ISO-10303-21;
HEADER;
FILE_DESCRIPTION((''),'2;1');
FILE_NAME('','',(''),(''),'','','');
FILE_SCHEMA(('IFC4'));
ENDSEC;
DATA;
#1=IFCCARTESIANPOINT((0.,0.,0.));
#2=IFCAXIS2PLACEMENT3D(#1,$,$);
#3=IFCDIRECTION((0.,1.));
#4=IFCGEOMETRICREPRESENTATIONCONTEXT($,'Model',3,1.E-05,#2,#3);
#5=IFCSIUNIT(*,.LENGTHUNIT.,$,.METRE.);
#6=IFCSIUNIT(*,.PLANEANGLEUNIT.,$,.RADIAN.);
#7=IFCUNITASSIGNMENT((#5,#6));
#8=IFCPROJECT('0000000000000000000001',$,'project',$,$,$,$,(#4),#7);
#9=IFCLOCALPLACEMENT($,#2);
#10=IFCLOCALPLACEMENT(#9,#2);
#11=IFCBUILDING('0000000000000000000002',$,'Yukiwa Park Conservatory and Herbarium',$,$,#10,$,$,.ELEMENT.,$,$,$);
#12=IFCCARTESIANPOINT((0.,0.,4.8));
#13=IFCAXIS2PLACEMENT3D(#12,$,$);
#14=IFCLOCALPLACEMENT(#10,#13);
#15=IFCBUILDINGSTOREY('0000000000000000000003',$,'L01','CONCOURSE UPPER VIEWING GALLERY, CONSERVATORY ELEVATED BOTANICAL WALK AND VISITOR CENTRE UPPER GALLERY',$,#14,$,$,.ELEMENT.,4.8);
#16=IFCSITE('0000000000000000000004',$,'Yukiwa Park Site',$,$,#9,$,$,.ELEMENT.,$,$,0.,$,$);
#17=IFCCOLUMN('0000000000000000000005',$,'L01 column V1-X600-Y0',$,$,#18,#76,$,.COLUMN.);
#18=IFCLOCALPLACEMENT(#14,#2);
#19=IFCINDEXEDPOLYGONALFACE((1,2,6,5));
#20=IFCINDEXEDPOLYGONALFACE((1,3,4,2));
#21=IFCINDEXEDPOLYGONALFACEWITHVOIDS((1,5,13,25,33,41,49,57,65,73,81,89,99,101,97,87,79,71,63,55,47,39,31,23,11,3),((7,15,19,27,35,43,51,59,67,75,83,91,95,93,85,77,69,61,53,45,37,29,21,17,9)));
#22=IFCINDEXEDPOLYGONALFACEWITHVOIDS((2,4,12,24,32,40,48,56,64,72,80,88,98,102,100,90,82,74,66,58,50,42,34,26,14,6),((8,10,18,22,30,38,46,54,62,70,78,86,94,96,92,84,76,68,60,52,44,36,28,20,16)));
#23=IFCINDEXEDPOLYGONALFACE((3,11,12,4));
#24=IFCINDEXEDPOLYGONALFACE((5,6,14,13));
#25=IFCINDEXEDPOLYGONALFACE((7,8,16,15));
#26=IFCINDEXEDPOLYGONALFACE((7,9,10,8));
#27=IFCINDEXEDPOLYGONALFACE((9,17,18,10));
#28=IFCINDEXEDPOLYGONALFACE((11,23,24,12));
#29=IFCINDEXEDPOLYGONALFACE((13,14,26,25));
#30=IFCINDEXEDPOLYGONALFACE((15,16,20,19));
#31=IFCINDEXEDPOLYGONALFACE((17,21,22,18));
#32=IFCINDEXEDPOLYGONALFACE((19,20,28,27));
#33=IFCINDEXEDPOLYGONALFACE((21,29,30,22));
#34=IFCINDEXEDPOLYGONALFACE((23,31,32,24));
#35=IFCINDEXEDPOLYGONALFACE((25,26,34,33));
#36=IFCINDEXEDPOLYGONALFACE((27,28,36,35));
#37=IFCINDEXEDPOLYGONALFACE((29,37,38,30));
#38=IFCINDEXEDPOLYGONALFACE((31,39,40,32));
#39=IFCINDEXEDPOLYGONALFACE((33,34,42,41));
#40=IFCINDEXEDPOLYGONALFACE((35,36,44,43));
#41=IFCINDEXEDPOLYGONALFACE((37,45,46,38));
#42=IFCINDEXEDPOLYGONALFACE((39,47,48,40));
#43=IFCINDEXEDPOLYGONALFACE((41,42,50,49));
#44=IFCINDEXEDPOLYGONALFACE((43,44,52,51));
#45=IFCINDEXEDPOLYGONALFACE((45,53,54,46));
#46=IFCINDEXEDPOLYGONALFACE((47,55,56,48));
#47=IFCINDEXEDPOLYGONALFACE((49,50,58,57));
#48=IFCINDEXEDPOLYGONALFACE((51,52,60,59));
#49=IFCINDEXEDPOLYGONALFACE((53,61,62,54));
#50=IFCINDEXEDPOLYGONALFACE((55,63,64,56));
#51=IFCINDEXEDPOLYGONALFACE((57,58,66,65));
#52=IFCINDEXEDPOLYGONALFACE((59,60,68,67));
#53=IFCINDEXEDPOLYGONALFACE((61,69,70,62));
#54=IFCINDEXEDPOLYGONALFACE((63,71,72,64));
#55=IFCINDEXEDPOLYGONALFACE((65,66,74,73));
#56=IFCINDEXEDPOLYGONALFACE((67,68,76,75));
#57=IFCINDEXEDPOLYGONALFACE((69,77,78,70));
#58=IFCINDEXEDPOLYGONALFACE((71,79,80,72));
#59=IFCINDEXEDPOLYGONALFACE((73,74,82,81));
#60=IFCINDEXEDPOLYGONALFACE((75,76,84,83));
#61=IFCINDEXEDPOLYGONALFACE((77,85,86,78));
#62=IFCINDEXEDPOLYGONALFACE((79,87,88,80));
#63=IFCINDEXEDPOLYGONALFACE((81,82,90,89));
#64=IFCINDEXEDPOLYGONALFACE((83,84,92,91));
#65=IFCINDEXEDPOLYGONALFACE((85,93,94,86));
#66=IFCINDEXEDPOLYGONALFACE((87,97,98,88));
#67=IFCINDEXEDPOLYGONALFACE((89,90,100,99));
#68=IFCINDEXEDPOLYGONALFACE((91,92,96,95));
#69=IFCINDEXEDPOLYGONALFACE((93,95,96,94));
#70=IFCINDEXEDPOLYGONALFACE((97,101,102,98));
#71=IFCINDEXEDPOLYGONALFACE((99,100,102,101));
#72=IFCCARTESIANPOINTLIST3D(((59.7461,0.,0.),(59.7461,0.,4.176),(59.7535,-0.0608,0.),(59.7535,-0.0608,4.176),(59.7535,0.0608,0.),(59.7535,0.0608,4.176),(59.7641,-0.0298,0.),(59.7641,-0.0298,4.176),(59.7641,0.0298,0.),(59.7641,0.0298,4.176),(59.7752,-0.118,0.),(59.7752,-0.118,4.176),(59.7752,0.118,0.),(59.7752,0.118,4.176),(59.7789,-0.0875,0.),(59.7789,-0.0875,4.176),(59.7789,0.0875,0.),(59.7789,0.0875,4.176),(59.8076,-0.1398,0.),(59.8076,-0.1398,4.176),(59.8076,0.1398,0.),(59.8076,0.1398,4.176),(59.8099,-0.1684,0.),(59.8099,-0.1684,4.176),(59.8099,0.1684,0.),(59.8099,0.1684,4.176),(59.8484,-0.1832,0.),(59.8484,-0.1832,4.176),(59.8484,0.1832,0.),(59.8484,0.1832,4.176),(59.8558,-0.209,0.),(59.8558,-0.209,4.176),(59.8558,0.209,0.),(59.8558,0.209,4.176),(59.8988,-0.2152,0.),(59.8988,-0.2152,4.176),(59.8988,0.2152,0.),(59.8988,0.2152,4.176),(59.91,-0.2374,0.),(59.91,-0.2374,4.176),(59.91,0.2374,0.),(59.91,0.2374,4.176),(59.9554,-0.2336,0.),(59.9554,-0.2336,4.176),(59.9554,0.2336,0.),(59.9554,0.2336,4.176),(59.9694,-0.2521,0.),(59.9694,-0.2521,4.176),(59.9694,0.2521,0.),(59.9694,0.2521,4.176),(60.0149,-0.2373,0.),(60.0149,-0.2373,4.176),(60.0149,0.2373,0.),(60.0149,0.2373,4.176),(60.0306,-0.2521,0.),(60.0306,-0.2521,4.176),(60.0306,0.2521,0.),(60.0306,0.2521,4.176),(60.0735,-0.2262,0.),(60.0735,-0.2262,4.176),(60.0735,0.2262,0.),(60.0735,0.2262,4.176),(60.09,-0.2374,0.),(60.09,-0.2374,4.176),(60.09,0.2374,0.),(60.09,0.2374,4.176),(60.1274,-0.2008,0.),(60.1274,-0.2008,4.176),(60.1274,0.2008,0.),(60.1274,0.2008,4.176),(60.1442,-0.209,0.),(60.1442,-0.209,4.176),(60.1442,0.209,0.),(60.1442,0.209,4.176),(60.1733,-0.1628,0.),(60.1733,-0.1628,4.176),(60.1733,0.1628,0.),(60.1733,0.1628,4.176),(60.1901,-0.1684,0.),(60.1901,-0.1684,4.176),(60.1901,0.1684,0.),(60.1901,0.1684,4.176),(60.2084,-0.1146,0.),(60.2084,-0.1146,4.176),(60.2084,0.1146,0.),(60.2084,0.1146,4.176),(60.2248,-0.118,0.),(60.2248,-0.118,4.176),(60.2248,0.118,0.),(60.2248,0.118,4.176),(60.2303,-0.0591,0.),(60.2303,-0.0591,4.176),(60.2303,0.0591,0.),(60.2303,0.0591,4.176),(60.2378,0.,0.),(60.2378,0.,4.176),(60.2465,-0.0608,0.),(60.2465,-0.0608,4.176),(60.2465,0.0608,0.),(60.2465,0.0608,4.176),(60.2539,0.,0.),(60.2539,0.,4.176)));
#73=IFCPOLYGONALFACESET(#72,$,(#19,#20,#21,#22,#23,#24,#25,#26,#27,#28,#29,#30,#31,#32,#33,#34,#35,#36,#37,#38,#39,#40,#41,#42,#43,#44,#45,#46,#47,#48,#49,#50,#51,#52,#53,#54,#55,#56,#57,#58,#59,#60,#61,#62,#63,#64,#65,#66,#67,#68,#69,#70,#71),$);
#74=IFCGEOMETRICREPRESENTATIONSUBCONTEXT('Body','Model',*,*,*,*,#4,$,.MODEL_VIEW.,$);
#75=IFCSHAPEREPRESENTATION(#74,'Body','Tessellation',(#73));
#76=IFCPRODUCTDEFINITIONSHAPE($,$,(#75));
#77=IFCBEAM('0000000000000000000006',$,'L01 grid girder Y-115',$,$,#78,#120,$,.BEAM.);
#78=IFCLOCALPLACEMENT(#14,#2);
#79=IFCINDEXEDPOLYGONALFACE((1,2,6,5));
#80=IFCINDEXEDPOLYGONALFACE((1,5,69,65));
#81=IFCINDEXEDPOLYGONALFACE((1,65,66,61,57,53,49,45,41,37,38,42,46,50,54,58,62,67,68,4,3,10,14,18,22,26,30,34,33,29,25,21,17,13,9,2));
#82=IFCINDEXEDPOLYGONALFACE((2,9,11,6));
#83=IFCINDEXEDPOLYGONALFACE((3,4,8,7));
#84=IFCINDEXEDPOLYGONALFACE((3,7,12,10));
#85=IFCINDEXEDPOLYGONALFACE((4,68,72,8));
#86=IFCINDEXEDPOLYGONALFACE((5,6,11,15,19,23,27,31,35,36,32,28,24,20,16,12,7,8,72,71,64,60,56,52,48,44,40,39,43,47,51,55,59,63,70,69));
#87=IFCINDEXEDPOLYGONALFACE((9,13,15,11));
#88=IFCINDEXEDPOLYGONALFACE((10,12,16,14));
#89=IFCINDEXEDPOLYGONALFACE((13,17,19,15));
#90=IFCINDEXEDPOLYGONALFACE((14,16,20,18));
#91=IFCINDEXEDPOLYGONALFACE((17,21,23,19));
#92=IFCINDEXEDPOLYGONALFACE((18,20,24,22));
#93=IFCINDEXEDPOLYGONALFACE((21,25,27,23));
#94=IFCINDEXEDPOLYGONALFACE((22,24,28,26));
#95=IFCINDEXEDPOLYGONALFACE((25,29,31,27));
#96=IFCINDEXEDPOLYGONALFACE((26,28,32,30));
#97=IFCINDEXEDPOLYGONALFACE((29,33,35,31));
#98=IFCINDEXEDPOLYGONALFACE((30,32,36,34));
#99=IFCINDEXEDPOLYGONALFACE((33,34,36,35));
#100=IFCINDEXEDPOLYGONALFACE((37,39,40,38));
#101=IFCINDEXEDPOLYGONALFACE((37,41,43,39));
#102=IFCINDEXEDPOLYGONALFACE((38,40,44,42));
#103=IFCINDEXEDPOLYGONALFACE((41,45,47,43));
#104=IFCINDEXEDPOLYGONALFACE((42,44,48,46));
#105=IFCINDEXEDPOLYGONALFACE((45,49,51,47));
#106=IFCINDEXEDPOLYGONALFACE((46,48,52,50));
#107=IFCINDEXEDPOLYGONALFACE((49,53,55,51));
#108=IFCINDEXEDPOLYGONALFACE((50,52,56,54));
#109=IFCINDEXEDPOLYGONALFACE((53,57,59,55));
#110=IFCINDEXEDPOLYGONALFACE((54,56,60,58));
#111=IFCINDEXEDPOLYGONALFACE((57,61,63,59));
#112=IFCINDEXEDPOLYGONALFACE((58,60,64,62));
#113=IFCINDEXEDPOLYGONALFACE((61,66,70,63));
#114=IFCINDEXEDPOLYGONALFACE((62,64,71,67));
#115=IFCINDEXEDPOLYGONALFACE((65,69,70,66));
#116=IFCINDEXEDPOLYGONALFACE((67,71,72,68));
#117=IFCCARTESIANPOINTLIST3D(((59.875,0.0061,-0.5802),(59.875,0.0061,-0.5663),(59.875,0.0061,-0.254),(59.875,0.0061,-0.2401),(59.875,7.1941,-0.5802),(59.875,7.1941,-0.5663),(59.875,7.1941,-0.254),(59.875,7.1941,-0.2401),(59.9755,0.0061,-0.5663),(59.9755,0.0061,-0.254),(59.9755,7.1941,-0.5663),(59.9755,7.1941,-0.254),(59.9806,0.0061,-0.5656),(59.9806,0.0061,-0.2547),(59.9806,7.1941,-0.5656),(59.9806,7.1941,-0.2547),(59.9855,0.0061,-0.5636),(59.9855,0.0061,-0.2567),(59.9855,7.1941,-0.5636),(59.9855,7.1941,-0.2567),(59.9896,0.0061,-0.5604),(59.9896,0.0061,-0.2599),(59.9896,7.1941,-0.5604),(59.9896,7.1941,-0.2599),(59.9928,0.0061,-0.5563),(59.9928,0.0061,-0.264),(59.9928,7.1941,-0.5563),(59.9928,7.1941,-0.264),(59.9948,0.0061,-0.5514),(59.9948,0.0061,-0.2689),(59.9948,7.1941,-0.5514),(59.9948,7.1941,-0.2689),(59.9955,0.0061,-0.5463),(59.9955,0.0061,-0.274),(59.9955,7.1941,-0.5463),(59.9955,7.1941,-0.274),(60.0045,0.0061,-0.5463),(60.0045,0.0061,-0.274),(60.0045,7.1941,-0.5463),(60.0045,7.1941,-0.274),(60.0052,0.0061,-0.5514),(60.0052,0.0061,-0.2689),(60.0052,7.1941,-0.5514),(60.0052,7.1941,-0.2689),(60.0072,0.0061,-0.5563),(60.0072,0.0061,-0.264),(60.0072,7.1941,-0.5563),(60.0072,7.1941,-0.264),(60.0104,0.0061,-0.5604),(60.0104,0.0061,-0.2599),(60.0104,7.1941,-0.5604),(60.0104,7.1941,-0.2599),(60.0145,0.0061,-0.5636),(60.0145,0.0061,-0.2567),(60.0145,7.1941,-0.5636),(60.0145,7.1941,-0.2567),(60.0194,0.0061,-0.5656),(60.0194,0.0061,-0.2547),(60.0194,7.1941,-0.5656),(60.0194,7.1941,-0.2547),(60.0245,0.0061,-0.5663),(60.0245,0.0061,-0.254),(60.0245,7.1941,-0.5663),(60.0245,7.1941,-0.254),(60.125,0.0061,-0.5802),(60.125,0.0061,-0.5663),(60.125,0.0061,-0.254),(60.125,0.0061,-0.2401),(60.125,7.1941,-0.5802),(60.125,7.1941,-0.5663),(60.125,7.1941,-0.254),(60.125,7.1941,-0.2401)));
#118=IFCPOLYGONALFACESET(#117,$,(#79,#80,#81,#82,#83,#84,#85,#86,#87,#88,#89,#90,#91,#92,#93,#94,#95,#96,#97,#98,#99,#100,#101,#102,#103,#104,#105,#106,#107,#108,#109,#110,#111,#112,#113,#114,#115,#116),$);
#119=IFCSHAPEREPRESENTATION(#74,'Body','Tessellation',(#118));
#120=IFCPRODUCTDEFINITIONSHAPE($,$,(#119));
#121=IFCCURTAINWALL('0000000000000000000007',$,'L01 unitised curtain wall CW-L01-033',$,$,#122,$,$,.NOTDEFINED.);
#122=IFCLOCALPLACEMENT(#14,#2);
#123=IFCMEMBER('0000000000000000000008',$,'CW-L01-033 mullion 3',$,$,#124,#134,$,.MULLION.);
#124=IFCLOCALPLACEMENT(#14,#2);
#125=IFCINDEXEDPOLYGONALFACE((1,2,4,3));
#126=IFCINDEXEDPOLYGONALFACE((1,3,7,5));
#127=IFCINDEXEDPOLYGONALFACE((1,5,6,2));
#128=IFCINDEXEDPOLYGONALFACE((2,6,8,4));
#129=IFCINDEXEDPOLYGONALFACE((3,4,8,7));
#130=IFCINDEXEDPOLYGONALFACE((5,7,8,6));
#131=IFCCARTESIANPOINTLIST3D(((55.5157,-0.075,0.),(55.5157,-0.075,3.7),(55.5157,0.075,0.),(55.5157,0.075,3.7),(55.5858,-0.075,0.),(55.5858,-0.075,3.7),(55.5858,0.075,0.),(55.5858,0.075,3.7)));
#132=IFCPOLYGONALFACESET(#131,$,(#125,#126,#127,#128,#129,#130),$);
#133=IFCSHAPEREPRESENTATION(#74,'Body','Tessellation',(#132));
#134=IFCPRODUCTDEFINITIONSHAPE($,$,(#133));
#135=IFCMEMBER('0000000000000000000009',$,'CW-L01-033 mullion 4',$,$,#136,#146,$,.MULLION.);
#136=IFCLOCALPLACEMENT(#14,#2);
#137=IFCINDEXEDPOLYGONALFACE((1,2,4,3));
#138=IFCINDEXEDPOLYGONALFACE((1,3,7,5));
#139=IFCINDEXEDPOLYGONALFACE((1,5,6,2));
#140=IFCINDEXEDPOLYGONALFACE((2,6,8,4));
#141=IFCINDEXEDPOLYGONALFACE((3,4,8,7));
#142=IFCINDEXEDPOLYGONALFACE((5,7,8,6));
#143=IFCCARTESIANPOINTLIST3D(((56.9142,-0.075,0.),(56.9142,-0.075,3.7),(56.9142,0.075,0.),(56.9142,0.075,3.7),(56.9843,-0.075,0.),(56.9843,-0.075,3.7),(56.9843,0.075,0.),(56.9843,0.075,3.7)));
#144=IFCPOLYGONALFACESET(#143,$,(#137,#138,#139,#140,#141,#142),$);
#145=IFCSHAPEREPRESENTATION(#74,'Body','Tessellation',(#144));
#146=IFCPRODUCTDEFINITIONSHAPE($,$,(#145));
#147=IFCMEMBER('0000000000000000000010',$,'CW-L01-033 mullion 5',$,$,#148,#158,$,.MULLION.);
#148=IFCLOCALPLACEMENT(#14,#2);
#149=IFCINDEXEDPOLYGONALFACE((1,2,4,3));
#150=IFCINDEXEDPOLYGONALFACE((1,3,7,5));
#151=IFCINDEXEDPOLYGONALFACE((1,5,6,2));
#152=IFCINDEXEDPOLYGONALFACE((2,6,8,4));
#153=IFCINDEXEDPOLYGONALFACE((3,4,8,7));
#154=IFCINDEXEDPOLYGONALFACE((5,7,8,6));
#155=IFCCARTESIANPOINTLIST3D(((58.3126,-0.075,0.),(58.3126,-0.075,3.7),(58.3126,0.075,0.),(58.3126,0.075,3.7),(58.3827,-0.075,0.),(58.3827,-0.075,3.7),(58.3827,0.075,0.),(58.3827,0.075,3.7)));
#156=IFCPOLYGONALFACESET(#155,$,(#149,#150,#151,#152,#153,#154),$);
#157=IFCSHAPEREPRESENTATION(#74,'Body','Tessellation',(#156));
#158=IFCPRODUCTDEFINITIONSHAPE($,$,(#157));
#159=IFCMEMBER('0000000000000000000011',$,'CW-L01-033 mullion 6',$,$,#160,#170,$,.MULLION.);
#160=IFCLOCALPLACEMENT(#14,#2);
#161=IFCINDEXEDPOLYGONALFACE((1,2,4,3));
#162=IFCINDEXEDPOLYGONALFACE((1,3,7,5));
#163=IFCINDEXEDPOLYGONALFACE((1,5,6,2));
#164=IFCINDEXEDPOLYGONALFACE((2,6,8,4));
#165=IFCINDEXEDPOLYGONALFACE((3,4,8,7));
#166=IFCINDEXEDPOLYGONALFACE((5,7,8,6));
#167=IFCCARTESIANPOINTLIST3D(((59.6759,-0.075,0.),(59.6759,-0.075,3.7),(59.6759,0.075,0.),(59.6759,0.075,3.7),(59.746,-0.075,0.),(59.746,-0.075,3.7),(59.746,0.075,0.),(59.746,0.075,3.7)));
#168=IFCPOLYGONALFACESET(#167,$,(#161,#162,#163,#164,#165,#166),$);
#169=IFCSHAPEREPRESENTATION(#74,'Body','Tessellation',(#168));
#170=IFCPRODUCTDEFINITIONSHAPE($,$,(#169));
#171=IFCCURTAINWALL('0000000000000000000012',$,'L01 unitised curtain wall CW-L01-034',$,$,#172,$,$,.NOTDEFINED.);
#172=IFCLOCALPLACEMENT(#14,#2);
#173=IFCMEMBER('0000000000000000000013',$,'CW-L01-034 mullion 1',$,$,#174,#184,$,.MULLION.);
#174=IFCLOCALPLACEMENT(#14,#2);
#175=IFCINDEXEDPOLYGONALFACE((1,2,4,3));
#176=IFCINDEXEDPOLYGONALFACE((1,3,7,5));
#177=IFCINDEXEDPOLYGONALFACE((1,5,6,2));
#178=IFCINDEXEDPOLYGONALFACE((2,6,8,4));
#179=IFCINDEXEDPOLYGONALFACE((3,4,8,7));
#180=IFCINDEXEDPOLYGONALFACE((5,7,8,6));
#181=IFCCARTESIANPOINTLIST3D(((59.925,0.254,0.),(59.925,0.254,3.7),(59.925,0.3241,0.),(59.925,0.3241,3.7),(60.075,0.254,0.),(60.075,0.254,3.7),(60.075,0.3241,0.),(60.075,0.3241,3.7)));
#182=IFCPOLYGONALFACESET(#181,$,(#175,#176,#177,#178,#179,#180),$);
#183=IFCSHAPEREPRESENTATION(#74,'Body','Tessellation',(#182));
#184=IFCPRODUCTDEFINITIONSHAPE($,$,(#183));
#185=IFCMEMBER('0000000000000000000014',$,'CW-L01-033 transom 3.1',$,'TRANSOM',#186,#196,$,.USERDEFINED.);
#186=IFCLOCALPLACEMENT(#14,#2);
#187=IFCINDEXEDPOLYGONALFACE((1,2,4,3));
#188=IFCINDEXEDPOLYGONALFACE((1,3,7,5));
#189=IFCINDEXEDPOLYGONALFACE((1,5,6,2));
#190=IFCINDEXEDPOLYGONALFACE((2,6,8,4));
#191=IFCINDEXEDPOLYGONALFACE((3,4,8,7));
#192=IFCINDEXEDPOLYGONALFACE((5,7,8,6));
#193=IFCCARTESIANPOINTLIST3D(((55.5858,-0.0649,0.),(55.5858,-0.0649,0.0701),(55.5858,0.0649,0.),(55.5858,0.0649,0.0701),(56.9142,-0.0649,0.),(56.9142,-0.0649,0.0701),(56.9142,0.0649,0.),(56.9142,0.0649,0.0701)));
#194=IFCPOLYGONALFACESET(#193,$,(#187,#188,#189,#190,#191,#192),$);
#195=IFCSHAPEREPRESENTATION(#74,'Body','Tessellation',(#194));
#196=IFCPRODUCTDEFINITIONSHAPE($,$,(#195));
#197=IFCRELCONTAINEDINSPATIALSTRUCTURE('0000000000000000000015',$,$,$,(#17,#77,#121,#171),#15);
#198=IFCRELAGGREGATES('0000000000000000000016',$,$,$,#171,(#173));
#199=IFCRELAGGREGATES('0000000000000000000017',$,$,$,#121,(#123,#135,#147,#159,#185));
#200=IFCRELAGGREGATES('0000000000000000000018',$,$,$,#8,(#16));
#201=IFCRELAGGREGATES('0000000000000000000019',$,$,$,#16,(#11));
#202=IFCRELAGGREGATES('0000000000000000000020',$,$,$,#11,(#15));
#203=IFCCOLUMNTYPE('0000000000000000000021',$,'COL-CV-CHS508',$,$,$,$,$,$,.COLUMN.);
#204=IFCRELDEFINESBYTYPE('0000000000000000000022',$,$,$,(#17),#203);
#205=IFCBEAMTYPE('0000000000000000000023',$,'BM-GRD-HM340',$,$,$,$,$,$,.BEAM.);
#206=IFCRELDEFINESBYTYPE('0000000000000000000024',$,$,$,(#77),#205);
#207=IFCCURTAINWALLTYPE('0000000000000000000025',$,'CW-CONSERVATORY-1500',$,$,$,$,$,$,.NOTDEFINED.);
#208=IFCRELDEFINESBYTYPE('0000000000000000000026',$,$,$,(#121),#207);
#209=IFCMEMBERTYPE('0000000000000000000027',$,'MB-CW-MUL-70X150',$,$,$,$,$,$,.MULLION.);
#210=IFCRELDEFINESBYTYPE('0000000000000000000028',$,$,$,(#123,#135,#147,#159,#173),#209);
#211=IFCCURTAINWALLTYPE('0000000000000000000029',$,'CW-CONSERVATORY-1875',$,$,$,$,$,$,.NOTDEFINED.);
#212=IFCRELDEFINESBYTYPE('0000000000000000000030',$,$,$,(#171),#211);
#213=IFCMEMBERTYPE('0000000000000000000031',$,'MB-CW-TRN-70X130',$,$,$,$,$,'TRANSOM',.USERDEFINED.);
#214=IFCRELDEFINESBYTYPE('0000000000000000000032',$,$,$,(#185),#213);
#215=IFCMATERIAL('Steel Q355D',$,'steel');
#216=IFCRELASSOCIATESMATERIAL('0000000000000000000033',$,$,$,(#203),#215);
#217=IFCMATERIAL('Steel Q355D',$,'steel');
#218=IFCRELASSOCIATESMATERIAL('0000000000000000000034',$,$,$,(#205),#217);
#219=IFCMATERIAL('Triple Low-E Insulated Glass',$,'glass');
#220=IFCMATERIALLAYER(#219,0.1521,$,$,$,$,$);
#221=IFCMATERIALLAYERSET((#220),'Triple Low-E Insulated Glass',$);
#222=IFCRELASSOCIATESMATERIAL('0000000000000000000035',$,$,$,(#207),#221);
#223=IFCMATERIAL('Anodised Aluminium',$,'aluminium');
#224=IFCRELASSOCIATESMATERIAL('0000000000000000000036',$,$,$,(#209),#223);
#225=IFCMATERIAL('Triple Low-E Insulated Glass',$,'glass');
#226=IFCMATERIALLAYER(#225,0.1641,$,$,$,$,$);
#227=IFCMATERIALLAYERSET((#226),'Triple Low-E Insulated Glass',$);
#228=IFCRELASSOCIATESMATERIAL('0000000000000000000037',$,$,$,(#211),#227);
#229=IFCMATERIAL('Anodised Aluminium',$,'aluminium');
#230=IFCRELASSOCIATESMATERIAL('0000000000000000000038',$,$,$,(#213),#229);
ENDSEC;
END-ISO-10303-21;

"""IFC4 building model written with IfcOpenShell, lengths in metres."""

from ifc_helpers import new_model, si_unit, direction, frame, origin, origin_2d, place, context, subcontext, project, spatial, rectangle, hollow_circle, i_section, extrude, material, layer, layer_set, material_profile, profile_set, type_object, element, aggregate, save


model = new_model("IFC4")

# Units and contexts
model_context = context("Model", 3, precision=1e-05, world=origin(), true_north=direction((0.0, 1.0)))
body_context = subcontext(model_context, "Body", "Model", "MODEL_VIEW")
ifc_project = project(units=[si_unit("LENGTHUNIT", "METRE"), si_unit("PLANEANGLEUNIT", "RADIAN")], contexts=[model_context])

# Site, building, storey
site_placement = place(None, origin())
site = spatial("IfcSite", under=ifc_project, at=site_placement, Name="Yukiwa Park Site", CompositionType="ELEMENT", RefElevation=0.0)
building_placement = place(site_placement, origin())
building = spatial("IfcBuilding", under=site, at=building_placement, Name="Yukiwa Park Conservatory and Herbarium", CompositionType="ELEMENT")
storey_placement = place(building_placement, frame((0.0, 0.0, 4.8)))
storey = spatial("IfcBuildingStorey", under=building, at=storey_placement, Name="L01", Description="CONCOURSE UPPER VIEWING GALLERY, CONSERVATORY ELEVATED BOTANICAL WALK AND VISITOR CENTRE UPPER GALLERY", CompositionType="ELEMENT", Elevation=4.8)

# Column
ifc_material_1 = material(Name="Steel Q355D", Category="steel")
ifc_material_profile_1 = material_profile(ifc_material_1, hollow_circle(Radius=0.2539, WallThickness=0.0161, at=origin_2d()), Name="CHS 508x16")
ifc_profile_set_1 = profile_set([ifc_material_profile_1], Name="Steel Q355D")
column_type = type_object("IfcColumnType", Name="COL-CV-CHS508", PredefinedType="COLUMN", material=ifc_profile_set_1)
column_placement = place(storey_placement, frame((60.0, 0.0, 0.0), z_axis=(0.0, 0.0, 1.0), x_axis=(1.0, 0.0, 0.0)))
element("IfcColumn", 1, at=column_placement, inside=storey, type_object=column_type, Name="L01 column V1-X600-Y0", PredefinedType="COLUMN", context=body_context, shape_type="SweptSolid", body=[
    extrude(hollow_circle(Radius=0.2539, WallThickness=0.0161, at=origin_2d()), origin(), (0.0, 0.0, 1.0), 4.176),
])

# Beam
ifc_material_2 = material(Name="Steel Q355D", Category="steel")
ifc_material_profile_2 = material_profile(ifc_material_2, i_section(OverallWidth=0.25, OverallDepth=0.3401, WebThickness=0.009, FlangeThickness=0.0139, FilletRadius=0.02, at=origin_2d()), Name="HM 340x250x9x14")
ifc_profile_set_2 = profile_set([ifc_material_profile_2], Name="Steel Q355D")
beam_type = type_object("IfcBeamType", Name="BM-GRD-HM340", PredefinedType="BEAM", material=ifc_profile_set_2)
beam_placement = place(storey_placement, frame((60.0, 0.0061, -0.4102), z_axis=(0.0, 1.0, 0.0), x_axis=(-1.0, 0.0, 0.0)))
element("IfcBeam", 2, at=beam_placement, inside=storey, type_object=beam_type, Name="L01 grid girder Y-115", PredefinedType="BEAM", context=body_context, shape_type="SweptSolid", body=[
    extrude(i_section(OverallWidth=0.25, OverallDepth=0.3401, WebThickness=0.009, FlangeThickness=0.0139, FilletRadius=0.02, at=origin_2d()), origin(), (0.0, 0.0, 1.0), 7.188),
])

# Curtain wall, members
ifc_material_3 = material(Name="Triple Low-E Insulated Glass", Category="glass")
ifc_layer_1 = layer(ifc_material_3, 0.1521)
ifc_layer_set_1 = layer_set([ifc_layer_1], Name="Triple Low-E Insulated Glass")
curtain_wall_type_1 = type_object("IfcCurtainWallType", Name="CW-CONSERVATORY-1500", PredefinedType="NOTDEFINED", material=ifc_layer_set_1)
curtain_wall_1_placement = place(storey_placement, origin())
curtain_wall_1 = element("IfcCurtainWall", 3, at=curtain_wall_1_placement, inside=storey, type_object=curtain_wall_type_1, Name="L01 unitised curtain wall CW-L01-033", PredefinedType="NOTDEFINED")
ifc_material_4 = material(Name="Anodised Aluminium", Category="aluminium")
member_type_1 = type_object("IfcMemberType", Name="MB-CW-MUL-70X150", PredefinedType="MULLION", material=ifc_material_4)
member_1_placement = place(storey_placement, frame((55.5508, 0.0, 0.0), z_axis=(0.0, 0.0, 1.0), x_axis=(1.0, 0.0, 0.0)))
member_1 = element("IfcMember", 4, at=member_1_placement, type_object=member_type_1, Name="CW-L01-033 mullion 3", PredefinedType="MULLION", context=body_context, shape_type="SweptSolid", body=[
    extrude(rectangle(XDim=0.0701, YDim=0.1499, at=origin_2d()), origin(), (0.0, 0.0, 1.0), 3.7),
])
member_2_placement = place(storey_placement, frame((56.9492, 0.0, 0.0), z_axis=(0.0, 0.0, 1.0), x_axis=(1.0, 0.0, 0.0)))
member_2 = element("IfcMember", 5, at=member_2_placement, type_object=member_type_1, Name="CW-L01-033 mullion 4", PredefinedType="MULLION", context=body_context, shape_type="SweptSolid", body=[
    extrude(rectangle(XDim=0.0701, YDim=0.1499, at=origin_2d()), origin(), (0.0, 0.0, 1.0), 3.7),
])
member_3_placement = place(storey_placement, frame((58.3477, 0.0, 0.0), z_axis=(0.0, 0.0, 1.0), x_axis=(1.0, 0.0, 0.0)))
member_3 = element("IfcMember", 6, at=member_3_placement, type_object=member_type_1, Name="CW-L01-033 mullion 5", PredefinedType="MULLION", context=body_context, shape_type="SweptSolid", body=[
    extrude(rectangle(XDim=0.0701, YDim=0.1499, at=origin_2d()), origin(), (0.0, 0.0, 1.0), 3.7),
])
member_4_placement = place(storey_placement, frame((59.7109, 0.0, 0.0), z_axis=(0.0, 0.0, 1.0), x_axis=(1.0, 0.0, 0.0)))
member_4 = element("IfcMember", 7, at=member_4_placement, type_object=member_type_1, Name="CW-L01-033 mullion 6", PredefinedType="MULLION", context=body_context, shape_type="SweptSolid", body=[
    extrude(rectangle(XDim=0.0701, YDim=0.1499, at=origin_2d()), origin(), (0.0, 0.0, 1.0), 3.7),
])

# Curtain wall, member
ifc_material_5 = material(Name="Triple Low-E Insulated Glass", Category="glass")
ifc_layer_2 = layer(ifc_material_5, 0.1641)
ifc_layer_set_2 = layer_set([ifc_layer_2], Name="Triple Low-E Insulated Glass")
curtain_wall_type_2 = type_object("IfcCurtainWallType", Name="CW-CONSERVATORY-1875", PredefinedType="NOTDEFINED", material=ifc_layer_set_2)
curtain_wall_2_placement = place(storey_placement, origin())
curtain_wall_2 = element("IfcCurtainWall", 8, at=curtain_wall_2_placement, inside=storey, type_object=curtain_wall_type_2, Name="L01 unitised curtain wall CW-L01-034", PredefinedType="NOTDEFINED")
member_5_placement = place(storey_placement, frame((60.0, 0.2891, 0.0), z_axis=(0.0, 0.0, 1.0), x_axis=(0.0, 1.0, 0.0)))
member_5 = element("IfcMember", 9, at=member_5_placement, type_object=member_type_1, Name="CW-L01-034 mullion 1", PredefinedType="MULLION", context=body_context, shape_type="SweptSolid", body=[
    extrude(rectangle(XDim=0.0701, YDim=0.1499, at=origin_2d()), origin(), (0.0, 0.0, 1.0), 3.7),
])

# Member
ifc_material_6 = material(Name="Anodised Aluminium", Category="aluminium")
member_type_2 = type_object("IfcMemberType", Name="MB-CW-TRN-70X130", ElementType="TRANSOM", PredefinedType="USERDEFINED", material=ifc_material_6)
member_6_placement = place(storey_placement, frame((56.25, 0.0, 0.0), z_axis=(0.0, 0.0, 1.0), x_axis=(1.0, 0.0, 0.0)))
member_6 = element("IfcMember", 10, at=member_6_placement, type_object=member_type_2, Name="CW-L01-033 transom 3.1", ObjectType="TRANSOM", PredefinedType="USERDEFINED", context=body_context, shape_type="SweptSolid", body=[
    extrude(rectangle(XDim=1.3284, YDim=0.1299, at=origin_2d()), origin(), (0.0, 0.0, 1.0), 0.0701),
])
aggregate(curtain_wall_2, [member_5])

aggregate(curtain_wall_1, [member_1, member_2, member_3, member_4, member_6])

save(model, "model.ifc")
